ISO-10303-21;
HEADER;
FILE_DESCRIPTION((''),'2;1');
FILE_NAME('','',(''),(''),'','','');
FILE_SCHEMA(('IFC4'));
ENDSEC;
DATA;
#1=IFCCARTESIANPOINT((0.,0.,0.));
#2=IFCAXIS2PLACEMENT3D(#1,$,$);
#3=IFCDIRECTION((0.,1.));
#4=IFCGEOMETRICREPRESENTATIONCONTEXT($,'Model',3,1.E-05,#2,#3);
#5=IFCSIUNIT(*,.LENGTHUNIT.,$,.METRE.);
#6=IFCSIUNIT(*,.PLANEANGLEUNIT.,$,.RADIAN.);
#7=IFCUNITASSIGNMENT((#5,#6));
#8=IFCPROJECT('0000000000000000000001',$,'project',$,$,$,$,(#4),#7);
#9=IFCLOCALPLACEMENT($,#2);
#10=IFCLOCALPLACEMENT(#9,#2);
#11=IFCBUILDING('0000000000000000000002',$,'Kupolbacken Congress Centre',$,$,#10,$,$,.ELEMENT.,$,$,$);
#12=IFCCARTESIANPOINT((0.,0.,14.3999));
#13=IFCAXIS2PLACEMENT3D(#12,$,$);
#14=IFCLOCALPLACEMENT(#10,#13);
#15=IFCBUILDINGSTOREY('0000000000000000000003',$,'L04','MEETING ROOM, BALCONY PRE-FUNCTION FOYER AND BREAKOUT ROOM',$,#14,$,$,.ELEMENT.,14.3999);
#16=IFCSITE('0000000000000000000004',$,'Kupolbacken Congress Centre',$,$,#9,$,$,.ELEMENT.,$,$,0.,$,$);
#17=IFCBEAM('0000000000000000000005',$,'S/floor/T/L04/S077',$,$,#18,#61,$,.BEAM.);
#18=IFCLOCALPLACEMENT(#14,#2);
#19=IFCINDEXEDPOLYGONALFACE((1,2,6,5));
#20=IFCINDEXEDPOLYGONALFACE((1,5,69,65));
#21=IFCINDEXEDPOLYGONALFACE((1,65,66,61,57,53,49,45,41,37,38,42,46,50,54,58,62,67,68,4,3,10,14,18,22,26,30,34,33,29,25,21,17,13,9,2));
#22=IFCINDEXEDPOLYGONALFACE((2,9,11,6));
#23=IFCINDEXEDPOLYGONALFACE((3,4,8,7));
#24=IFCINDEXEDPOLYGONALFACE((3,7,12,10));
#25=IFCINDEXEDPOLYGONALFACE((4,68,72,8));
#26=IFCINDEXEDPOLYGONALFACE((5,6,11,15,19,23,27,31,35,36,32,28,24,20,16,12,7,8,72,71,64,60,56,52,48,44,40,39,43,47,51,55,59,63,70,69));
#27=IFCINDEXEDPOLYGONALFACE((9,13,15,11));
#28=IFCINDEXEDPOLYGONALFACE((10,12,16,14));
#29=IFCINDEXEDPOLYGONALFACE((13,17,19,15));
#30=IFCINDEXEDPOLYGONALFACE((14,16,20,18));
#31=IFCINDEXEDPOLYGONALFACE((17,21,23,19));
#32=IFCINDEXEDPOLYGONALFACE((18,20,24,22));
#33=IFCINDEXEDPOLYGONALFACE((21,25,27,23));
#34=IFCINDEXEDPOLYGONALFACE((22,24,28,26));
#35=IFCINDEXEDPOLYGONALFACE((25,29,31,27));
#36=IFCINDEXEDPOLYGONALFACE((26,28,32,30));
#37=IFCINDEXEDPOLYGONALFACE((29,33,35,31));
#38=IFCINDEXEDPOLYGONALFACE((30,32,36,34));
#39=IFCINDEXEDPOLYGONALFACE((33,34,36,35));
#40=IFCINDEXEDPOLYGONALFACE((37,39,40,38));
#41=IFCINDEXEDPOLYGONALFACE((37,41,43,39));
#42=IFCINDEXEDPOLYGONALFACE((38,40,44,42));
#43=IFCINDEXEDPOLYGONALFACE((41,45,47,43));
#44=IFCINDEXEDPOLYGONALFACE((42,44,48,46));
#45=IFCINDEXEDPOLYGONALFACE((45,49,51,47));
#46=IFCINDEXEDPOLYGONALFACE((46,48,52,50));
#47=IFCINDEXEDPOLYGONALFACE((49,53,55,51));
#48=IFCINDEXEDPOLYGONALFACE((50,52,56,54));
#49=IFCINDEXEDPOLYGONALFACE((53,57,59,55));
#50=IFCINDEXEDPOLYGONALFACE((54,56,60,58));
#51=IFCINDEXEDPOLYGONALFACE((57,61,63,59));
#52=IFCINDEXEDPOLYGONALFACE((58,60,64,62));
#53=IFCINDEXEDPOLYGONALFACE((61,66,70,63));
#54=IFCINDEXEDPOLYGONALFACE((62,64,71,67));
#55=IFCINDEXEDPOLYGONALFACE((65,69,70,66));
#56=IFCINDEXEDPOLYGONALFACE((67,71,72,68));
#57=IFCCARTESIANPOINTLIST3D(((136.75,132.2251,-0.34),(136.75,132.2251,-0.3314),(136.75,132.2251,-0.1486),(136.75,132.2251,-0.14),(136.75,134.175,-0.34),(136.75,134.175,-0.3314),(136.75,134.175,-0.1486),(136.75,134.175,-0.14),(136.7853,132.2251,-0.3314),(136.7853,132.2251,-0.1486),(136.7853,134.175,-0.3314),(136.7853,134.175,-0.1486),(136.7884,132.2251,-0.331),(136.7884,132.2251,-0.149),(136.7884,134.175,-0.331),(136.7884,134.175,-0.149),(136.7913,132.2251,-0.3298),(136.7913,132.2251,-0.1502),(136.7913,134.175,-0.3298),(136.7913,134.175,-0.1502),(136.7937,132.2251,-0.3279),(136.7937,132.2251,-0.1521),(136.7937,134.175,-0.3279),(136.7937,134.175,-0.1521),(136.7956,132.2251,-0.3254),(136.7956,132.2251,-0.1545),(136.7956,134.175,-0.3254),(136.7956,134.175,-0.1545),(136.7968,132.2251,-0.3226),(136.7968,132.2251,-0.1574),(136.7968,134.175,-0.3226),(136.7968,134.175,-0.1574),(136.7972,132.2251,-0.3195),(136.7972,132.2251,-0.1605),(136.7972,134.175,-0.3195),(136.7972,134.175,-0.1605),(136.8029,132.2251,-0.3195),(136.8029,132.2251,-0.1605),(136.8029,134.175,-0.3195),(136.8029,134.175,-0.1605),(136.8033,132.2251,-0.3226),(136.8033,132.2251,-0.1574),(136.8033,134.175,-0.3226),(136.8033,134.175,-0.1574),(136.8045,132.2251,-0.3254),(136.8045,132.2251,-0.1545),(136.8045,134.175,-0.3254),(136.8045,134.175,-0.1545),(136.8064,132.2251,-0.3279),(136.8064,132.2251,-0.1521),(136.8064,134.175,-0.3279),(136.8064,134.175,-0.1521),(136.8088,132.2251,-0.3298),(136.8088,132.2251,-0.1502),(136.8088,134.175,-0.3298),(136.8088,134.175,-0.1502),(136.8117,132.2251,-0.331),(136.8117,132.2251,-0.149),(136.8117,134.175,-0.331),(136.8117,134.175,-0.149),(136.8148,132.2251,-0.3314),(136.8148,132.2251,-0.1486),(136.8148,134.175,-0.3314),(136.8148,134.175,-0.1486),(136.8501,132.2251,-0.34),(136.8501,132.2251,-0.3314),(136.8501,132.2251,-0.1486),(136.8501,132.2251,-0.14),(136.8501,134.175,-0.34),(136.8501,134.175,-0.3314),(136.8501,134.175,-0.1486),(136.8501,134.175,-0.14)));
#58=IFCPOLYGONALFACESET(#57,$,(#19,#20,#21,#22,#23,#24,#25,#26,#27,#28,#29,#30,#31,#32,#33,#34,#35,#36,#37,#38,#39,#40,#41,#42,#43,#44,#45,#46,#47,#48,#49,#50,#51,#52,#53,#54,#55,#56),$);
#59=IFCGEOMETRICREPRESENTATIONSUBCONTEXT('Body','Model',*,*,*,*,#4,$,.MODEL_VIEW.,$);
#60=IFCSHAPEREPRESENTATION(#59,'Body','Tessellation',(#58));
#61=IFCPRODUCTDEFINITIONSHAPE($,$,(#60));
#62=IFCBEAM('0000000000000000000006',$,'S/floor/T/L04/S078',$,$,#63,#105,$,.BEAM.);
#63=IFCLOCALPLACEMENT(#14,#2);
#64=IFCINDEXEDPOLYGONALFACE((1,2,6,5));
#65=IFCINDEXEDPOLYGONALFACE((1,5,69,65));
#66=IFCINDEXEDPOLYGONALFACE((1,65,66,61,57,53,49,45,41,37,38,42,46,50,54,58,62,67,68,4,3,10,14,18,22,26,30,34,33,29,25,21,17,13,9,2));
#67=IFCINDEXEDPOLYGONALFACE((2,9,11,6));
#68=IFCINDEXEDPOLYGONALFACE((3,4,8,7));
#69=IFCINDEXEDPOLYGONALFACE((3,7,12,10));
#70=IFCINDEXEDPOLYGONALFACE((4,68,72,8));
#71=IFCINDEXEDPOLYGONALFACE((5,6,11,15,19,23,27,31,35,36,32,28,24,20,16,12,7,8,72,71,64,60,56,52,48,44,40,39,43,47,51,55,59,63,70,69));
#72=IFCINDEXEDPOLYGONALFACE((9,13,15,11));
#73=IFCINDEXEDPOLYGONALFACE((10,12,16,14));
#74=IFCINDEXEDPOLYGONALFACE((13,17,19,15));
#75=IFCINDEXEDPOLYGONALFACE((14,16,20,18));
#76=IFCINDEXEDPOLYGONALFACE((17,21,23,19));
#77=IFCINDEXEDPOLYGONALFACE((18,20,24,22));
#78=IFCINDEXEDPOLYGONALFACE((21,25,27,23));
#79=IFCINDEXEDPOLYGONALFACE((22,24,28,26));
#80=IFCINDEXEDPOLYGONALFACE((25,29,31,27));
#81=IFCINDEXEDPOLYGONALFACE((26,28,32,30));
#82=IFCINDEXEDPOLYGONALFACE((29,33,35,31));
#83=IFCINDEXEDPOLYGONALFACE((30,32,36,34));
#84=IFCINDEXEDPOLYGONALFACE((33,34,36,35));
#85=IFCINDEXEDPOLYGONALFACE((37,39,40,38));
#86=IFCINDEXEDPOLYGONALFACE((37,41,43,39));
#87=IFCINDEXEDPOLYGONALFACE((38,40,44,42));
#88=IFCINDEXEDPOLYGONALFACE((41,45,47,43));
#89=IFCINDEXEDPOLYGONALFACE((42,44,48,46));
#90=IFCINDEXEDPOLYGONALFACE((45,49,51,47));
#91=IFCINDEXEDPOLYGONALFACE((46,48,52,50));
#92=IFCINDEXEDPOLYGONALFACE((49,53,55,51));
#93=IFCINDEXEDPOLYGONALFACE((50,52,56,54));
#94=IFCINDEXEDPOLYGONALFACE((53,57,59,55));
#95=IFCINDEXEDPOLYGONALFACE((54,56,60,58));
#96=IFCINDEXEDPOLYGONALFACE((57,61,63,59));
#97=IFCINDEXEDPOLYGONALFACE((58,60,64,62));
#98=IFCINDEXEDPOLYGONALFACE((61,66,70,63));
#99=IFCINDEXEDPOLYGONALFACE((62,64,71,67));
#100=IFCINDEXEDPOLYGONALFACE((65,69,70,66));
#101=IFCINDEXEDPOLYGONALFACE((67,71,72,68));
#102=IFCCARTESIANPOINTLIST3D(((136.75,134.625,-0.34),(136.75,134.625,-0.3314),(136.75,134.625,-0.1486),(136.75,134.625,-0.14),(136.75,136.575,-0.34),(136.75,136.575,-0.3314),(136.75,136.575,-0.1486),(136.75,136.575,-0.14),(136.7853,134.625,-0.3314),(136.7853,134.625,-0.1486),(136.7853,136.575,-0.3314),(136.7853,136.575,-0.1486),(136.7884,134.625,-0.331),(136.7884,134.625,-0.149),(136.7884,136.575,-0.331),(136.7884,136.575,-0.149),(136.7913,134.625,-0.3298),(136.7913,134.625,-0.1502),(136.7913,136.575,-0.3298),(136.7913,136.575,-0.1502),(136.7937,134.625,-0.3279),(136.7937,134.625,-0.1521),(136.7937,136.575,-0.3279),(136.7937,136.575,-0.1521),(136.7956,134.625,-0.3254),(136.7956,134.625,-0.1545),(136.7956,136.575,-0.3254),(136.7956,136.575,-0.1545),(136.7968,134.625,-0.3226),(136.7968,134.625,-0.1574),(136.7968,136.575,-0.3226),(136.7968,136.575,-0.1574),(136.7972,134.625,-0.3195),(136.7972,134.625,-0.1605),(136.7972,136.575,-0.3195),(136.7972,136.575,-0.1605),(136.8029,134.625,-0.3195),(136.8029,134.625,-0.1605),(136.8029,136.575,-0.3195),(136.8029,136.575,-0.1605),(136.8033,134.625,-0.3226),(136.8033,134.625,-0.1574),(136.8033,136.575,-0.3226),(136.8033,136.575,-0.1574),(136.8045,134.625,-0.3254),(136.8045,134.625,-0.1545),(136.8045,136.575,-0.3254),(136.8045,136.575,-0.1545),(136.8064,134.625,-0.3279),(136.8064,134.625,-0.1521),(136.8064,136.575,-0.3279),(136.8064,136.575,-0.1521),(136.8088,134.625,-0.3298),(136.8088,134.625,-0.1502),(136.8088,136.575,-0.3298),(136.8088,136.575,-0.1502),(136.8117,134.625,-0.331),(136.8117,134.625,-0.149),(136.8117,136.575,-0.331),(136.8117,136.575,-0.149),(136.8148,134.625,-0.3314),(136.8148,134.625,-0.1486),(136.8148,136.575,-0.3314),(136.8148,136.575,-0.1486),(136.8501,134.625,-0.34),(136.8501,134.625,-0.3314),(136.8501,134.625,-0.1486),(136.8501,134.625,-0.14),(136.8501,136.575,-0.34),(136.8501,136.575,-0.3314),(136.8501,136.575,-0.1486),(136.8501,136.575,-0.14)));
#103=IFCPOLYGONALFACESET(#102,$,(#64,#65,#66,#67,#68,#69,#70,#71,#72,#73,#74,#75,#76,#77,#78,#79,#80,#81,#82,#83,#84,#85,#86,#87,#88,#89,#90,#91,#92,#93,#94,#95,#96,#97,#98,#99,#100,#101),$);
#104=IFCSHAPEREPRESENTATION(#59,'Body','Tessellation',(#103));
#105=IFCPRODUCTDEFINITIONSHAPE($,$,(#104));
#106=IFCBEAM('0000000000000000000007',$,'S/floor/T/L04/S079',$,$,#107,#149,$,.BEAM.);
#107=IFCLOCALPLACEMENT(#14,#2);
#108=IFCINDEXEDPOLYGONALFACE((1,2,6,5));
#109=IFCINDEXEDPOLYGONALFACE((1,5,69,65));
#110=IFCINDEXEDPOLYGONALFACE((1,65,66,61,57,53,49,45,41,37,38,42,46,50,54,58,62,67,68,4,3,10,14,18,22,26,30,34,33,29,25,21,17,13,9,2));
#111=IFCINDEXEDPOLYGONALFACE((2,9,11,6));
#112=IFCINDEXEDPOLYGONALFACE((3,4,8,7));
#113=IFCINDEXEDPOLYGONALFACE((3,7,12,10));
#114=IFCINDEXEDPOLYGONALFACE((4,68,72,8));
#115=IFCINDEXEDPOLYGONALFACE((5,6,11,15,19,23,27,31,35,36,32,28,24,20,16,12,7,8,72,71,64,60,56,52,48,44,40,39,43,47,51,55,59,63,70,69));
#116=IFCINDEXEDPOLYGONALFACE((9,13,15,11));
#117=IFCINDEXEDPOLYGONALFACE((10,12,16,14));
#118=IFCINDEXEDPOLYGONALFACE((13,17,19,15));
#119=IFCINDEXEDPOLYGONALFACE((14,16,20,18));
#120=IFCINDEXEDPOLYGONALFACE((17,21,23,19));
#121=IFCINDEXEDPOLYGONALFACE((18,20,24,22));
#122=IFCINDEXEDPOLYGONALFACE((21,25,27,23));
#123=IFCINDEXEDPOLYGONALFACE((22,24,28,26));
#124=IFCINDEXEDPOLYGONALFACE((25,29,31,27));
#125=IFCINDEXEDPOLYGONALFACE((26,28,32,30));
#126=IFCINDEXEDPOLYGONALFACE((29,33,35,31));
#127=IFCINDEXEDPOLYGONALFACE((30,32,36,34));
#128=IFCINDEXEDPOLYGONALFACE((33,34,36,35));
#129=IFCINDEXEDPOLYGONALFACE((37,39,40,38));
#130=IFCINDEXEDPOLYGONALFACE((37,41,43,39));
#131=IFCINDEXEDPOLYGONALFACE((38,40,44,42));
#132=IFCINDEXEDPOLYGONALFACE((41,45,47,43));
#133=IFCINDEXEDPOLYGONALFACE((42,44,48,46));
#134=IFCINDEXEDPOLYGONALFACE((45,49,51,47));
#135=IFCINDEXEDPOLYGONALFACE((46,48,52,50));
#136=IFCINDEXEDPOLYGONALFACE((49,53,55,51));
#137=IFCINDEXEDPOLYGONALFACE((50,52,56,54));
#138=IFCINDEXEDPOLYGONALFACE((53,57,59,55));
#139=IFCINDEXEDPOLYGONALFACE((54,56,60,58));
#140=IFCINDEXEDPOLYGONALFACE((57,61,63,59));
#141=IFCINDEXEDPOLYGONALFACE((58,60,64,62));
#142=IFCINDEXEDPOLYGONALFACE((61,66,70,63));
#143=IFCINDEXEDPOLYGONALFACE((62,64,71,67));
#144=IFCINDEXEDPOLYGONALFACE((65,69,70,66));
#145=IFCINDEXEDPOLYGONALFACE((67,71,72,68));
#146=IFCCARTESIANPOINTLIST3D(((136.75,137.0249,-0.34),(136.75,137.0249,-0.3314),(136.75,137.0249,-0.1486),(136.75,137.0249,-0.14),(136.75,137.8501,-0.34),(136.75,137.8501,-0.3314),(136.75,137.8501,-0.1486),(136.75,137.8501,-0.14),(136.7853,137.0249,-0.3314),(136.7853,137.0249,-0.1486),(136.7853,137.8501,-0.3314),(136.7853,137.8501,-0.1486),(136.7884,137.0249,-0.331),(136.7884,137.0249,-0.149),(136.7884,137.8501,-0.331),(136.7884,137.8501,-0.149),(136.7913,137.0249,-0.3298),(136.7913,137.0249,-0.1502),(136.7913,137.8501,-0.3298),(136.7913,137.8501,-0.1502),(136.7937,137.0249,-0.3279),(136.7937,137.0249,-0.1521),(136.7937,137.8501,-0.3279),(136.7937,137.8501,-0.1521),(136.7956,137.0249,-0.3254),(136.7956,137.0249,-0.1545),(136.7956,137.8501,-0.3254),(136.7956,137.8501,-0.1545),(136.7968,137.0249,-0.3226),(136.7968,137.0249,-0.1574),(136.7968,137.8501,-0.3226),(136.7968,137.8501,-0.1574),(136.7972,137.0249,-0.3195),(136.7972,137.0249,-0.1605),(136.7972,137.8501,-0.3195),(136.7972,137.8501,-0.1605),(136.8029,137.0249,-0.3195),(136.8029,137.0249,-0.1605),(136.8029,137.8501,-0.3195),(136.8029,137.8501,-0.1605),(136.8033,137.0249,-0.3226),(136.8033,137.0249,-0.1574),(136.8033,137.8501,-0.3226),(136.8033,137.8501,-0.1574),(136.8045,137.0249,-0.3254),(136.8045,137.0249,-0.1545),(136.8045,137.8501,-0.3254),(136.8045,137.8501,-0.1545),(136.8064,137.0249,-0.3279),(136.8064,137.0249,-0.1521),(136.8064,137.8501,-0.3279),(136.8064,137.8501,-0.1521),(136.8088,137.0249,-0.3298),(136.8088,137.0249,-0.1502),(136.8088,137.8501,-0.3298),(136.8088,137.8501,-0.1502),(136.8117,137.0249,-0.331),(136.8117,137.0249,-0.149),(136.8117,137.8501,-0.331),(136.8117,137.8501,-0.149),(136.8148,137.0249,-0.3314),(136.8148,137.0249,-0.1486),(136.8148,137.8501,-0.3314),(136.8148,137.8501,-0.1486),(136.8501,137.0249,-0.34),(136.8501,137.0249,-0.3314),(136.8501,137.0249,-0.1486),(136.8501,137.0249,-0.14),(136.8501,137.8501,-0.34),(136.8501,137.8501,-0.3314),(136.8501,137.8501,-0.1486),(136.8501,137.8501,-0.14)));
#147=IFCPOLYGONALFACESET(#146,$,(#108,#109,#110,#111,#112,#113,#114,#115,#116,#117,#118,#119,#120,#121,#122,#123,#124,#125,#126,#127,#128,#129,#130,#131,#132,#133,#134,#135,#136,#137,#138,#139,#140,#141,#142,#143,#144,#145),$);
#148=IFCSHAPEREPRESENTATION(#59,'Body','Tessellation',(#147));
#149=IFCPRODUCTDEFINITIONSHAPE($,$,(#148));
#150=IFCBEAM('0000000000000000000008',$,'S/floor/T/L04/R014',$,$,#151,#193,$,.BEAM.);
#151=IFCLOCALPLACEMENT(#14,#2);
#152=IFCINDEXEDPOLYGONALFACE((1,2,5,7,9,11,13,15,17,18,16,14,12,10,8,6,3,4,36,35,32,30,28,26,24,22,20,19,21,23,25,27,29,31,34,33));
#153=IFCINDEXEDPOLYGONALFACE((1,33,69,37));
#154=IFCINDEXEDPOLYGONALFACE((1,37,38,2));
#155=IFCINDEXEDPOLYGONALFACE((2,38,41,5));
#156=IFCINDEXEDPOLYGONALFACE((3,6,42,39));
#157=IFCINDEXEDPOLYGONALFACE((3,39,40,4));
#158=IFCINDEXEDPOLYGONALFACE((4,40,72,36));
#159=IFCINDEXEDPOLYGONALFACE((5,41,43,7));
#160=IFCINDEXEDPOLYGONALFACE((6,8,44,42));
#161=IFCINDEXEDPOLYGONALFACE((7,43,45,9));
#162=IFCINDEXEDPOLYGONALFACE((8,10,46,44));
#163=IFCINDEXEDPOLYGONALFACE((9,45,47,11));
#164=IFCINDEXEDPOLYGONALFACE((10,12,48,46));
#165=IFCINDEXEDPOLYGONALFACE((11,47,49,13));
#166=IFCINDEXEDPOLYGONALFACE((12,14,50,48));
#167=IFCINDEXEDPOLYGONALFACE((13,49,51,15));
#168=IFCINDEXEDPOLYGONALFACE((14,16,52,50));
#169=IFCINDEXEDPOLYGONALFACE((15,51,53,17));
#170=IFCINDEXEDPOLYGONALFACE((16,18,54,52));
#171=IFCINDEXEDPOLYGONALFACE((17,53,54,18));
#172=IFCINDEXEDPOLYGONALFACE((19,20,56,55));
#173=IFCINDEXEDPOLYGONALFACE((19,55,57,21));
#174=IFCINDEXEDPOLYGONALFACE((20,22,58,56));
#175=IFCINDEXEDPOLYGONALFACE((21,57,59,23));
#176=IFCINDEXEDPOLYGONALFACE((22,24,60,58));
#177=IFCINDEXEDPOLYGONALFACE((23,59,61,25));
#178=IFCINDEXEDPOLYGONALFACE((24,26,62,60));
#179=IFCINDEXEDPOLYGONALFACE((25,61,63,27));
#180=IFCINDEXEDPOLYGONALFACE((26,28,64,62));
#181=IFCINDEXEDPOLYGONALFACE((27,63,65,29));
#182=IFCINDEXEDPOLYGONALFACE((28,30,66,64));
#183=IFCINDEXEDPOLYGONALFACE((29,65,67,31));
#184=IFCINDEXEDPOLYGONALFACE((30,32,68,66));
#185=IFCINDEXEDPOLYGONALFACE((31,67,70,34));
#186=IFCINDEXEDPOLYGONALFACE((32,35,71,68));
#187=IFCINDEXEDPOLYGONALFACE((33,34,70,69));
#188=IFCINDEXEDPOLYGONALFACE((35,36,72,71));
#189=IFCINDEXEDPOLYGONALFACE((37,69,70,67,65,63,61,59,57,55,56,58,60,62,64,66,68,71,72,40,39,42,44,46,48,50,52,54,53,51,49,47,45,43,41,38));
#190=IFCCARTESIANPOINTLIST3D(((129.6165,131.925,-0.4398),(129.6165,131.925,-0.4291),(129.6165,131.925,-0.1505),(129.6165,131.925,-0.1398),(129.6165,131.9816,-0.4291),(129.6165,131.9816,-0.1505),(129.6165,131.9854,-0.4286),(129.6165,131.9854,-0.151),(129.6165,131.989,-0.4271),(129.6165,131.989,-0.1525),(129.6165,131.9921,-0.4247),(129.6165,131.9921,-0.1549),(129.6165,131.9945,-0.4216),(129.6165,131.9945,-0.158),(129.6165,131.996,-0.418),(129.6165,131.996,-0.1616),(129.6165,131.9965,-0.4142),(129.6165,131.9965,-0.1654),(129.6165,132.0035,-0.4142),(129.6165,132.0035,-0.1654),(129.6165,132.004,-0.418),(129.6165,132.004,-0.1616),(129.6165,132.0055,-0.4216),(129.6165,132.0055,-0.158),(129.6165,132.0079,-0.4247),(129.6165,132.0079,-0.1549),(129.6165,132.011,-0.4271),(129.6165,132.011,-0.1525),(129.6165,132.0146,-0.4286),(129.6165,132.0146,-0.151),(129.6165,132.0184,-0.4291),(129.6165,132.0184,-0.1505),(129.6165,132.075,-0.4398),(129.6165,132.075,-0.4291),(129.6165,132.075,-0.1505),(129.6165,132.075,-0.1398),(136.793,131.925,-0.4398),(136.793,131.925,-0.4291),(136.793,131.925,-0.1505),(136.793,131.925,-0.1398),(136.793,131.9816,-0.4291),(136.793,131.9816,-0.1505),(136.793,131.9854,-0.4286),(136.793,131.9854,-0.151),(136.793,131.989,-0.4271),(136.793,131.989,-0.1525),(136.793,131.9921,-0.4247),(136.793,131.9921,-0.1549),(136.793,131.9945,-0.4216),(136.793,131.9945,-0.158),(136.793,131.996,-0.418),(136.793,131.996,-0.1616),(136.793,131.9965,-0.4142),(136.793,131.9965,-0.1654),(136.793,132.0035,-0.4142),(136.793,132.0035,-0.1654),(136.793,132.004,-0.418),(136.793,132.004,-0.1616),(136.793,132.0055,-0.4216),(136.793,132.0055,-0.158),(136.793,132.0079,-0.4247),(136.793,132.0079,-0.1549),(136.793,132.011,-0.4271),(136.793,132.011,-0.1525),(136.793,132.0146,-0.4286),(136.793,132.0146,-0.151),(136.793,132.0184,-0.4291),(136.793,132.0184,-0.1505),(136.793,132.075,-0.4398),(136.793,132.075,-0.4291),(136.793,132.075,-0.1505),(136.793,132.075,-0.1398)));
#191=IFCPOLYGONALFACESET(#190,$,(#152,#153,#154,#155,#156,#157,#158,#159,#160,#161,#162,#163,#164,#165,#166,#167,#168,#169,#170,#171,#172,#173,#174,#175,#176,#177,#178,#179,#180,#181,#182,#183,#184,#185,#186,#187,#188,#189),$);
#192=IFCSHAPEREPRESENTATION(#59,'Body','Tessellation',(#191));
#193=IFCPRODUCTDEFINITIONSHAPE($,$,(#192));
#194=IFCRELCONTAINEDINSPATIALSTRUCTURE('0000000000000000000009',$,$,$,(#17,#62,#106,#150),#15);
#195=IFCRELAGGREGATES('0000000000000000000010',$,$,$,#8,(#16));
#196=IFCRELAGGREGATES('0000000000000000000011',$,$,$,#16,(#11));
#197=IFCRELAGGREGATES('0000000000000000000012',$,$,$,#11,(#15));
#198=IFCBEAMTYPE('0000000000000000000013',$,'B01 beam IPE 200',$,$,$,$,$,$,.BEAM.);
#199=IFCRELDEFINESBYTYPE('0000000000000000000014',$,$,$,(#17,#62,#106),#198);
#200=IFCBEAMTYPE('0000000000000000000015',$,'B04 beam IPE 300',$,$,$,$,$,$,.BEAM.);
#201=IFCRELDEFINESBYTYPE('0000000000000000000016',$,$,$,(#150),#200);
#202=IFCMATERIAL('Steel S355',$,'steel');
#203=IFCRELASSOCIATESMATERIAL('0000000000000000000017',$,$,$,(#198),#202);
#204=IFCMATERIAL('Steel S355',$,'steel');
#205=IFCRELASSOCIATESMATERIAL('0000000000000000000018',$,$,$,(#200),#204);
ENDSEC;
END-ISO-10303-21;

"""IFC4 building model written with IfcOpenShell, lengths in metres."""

from ifc_helpers import new_model, si_unit, direction, frame, origin, origin_2d, place, context, subcontext, project, spatial, i_section, extrude, material, material_profile, profile_set, type_object, element, save


model = new_model("IFC4")

# Units and contexts
model_context = context("Model", 3, precision=1e-05, world=origin(), true_north=direction((0.0, 1.0)))
body_context = subcontext(model_context, "Body", "Model", "MODEL_VIEW")
ifc_project = project(units=[si_unit("LENGTHUNIT", "METRE"), si_unit("PLANEANGLEUNIT", "RADIAN")], contexts=[model_context])

# Site, building, storey
site_placement = place(None, origin())
site = spatial("IfcSite", under=ifc_project, at=site_placement, Name="Kupolbacken Congress Centre", CompositionType="ELEMENT", RefElevation=0.0)
building_placement = place(site_placement, origin())
building = spatial("IfcBuilding", under=site, at=building_placement, Name="Kupolbacken Congress Centre", CompositionType="ELEMENT")
storey_placement = place(building_placement, frame((0.0, 0.0, 14.3999)))
storey = spatial("IfcBuildingStorey", under=building, at=storey_placement, Name="L04", Description="MEETING ROOM, BALCONY PRE-FUNCTION FOYER AND BREAKOUT ROOM", CompositionType="ELEMENT", Elevation=14.3999)

# Beams
ifc_material_1 = material(Name="Steel S355", Category="steel")
ifc_material_profile_1 = material_profile(ifc_material_1, i_section(OverallWidth=0.1001, OverallDepth=0.2, WebThickness=0.0056, FlangeThickness=0.0085, FilletRadius=0.012, at=origin_2d()), Name="IPE 200")
ifc_profile_set_1 = profile_set([ifc_material_profile_1], Name="Steel S355")
beam_type_1 = type_object("IfcBeamType", Name="B01 beam IPE 200", PredefinedType="BEAM", material=ifc_profile_set_1)
for number, where, z_axis, x_axis, name in (
    (1, (136.8, 132.2251, -0.24), (0.0, 1.0, 0.0), (-1.0, 0.0, 0.0), "S/floor/T/L04/S077"),
    (2, (136.8, 134.625, -0.24), (0.0, 1.0, 0.0), (-1.0, 0.0, 0.0), "S/floor/T/L04/S078"),
):
    element("IfcBeam", number, at=place(storey_placement, frame(where, z_axis=z_axis, x_axis=x_axis)), inside=storey, type_object=beam_type_1, Name=name, PredefinedType="BEAM", context=body_context, shape_type="SweptSolid", body=[
        extrude(i_section(OverallWidth=0.1001, OverallDepth=0.2, WebThickness=0.0056, FlangeThickness=0.0085, FilletRadius=0.012, at=origin_2d()), origin(), (0.0, 0.0, 1.0), 1.95),
    ])
beam_1_placement = place(storey_placement, frame((136.8, 137.0249, -0.24), z_axis=(0.0, 1.0, 0.0), x_axis=(-1.0, 0.0, 0.0)))
element("IfcBeam", 3, at=beam_1_placement, inside=storey, type_object=beam_type_1, Name="S/floor/T/L04/S079", PredefinedType="BEAM", context=body_context, shape_type="SweptSolid", body=[
    extrude(i_section(OverallWidth=0.1001, OverallDepth=0.2, WebThickness=0.0056, FlangeThickness=0.0085, FilletRadius=0.012, at=origin_2d()), origin(), (0.0, 0.0, 1.0), 0.8252),
])
ifc_material_2 = material(Name="Steel S355", Category="steel")
ifc_material_profile_2 = material_profile(ifc_material_2, i_section(OverallWidth=0.1499, OverallDepth=0.3, WebThickness=0.0071, FlangeThickness=0.0107, FilletRadius=0.0149, at=origin_2d()), Name="IPE 300")
ifc_profile_set_2 = profile_set([ifc_material_profile_2], Name="Steel S355")
beam_type_2 = type_object("IfcBeamType", Name="B04 beam IPE 300", PredefinedType="BEAM", material=ifc_profile_set_2)
for number, where, z_axis, x_axis, name in (
    (4, (129.6165, 132.0, -0.2898), (1.0, 0.0, 0.0), (0.0, 1.0, 0.0), "S/floor/T/L04/R014"),
):
    element("IfcBeam", number, at=place(storey_placement, frame(where, z_axis=z_axis, x_axis=x_axis)), inside=storey, type_object=beam_type_2, Name=name, PredefinedType="BEAM", context=body_context, shape_type="SweptSolid", body=[
        extrude(i_section(OverallWidth=0.1499, OverallDepth=0.3, WebThickness=0.0071, FlangeThickness=0.0107, FilletRadius=0.0149, at=origin_2d()), origin(), (0.0, 0.0, 1.0), 7.1765),
    ])

save(model, "model.ifc")
